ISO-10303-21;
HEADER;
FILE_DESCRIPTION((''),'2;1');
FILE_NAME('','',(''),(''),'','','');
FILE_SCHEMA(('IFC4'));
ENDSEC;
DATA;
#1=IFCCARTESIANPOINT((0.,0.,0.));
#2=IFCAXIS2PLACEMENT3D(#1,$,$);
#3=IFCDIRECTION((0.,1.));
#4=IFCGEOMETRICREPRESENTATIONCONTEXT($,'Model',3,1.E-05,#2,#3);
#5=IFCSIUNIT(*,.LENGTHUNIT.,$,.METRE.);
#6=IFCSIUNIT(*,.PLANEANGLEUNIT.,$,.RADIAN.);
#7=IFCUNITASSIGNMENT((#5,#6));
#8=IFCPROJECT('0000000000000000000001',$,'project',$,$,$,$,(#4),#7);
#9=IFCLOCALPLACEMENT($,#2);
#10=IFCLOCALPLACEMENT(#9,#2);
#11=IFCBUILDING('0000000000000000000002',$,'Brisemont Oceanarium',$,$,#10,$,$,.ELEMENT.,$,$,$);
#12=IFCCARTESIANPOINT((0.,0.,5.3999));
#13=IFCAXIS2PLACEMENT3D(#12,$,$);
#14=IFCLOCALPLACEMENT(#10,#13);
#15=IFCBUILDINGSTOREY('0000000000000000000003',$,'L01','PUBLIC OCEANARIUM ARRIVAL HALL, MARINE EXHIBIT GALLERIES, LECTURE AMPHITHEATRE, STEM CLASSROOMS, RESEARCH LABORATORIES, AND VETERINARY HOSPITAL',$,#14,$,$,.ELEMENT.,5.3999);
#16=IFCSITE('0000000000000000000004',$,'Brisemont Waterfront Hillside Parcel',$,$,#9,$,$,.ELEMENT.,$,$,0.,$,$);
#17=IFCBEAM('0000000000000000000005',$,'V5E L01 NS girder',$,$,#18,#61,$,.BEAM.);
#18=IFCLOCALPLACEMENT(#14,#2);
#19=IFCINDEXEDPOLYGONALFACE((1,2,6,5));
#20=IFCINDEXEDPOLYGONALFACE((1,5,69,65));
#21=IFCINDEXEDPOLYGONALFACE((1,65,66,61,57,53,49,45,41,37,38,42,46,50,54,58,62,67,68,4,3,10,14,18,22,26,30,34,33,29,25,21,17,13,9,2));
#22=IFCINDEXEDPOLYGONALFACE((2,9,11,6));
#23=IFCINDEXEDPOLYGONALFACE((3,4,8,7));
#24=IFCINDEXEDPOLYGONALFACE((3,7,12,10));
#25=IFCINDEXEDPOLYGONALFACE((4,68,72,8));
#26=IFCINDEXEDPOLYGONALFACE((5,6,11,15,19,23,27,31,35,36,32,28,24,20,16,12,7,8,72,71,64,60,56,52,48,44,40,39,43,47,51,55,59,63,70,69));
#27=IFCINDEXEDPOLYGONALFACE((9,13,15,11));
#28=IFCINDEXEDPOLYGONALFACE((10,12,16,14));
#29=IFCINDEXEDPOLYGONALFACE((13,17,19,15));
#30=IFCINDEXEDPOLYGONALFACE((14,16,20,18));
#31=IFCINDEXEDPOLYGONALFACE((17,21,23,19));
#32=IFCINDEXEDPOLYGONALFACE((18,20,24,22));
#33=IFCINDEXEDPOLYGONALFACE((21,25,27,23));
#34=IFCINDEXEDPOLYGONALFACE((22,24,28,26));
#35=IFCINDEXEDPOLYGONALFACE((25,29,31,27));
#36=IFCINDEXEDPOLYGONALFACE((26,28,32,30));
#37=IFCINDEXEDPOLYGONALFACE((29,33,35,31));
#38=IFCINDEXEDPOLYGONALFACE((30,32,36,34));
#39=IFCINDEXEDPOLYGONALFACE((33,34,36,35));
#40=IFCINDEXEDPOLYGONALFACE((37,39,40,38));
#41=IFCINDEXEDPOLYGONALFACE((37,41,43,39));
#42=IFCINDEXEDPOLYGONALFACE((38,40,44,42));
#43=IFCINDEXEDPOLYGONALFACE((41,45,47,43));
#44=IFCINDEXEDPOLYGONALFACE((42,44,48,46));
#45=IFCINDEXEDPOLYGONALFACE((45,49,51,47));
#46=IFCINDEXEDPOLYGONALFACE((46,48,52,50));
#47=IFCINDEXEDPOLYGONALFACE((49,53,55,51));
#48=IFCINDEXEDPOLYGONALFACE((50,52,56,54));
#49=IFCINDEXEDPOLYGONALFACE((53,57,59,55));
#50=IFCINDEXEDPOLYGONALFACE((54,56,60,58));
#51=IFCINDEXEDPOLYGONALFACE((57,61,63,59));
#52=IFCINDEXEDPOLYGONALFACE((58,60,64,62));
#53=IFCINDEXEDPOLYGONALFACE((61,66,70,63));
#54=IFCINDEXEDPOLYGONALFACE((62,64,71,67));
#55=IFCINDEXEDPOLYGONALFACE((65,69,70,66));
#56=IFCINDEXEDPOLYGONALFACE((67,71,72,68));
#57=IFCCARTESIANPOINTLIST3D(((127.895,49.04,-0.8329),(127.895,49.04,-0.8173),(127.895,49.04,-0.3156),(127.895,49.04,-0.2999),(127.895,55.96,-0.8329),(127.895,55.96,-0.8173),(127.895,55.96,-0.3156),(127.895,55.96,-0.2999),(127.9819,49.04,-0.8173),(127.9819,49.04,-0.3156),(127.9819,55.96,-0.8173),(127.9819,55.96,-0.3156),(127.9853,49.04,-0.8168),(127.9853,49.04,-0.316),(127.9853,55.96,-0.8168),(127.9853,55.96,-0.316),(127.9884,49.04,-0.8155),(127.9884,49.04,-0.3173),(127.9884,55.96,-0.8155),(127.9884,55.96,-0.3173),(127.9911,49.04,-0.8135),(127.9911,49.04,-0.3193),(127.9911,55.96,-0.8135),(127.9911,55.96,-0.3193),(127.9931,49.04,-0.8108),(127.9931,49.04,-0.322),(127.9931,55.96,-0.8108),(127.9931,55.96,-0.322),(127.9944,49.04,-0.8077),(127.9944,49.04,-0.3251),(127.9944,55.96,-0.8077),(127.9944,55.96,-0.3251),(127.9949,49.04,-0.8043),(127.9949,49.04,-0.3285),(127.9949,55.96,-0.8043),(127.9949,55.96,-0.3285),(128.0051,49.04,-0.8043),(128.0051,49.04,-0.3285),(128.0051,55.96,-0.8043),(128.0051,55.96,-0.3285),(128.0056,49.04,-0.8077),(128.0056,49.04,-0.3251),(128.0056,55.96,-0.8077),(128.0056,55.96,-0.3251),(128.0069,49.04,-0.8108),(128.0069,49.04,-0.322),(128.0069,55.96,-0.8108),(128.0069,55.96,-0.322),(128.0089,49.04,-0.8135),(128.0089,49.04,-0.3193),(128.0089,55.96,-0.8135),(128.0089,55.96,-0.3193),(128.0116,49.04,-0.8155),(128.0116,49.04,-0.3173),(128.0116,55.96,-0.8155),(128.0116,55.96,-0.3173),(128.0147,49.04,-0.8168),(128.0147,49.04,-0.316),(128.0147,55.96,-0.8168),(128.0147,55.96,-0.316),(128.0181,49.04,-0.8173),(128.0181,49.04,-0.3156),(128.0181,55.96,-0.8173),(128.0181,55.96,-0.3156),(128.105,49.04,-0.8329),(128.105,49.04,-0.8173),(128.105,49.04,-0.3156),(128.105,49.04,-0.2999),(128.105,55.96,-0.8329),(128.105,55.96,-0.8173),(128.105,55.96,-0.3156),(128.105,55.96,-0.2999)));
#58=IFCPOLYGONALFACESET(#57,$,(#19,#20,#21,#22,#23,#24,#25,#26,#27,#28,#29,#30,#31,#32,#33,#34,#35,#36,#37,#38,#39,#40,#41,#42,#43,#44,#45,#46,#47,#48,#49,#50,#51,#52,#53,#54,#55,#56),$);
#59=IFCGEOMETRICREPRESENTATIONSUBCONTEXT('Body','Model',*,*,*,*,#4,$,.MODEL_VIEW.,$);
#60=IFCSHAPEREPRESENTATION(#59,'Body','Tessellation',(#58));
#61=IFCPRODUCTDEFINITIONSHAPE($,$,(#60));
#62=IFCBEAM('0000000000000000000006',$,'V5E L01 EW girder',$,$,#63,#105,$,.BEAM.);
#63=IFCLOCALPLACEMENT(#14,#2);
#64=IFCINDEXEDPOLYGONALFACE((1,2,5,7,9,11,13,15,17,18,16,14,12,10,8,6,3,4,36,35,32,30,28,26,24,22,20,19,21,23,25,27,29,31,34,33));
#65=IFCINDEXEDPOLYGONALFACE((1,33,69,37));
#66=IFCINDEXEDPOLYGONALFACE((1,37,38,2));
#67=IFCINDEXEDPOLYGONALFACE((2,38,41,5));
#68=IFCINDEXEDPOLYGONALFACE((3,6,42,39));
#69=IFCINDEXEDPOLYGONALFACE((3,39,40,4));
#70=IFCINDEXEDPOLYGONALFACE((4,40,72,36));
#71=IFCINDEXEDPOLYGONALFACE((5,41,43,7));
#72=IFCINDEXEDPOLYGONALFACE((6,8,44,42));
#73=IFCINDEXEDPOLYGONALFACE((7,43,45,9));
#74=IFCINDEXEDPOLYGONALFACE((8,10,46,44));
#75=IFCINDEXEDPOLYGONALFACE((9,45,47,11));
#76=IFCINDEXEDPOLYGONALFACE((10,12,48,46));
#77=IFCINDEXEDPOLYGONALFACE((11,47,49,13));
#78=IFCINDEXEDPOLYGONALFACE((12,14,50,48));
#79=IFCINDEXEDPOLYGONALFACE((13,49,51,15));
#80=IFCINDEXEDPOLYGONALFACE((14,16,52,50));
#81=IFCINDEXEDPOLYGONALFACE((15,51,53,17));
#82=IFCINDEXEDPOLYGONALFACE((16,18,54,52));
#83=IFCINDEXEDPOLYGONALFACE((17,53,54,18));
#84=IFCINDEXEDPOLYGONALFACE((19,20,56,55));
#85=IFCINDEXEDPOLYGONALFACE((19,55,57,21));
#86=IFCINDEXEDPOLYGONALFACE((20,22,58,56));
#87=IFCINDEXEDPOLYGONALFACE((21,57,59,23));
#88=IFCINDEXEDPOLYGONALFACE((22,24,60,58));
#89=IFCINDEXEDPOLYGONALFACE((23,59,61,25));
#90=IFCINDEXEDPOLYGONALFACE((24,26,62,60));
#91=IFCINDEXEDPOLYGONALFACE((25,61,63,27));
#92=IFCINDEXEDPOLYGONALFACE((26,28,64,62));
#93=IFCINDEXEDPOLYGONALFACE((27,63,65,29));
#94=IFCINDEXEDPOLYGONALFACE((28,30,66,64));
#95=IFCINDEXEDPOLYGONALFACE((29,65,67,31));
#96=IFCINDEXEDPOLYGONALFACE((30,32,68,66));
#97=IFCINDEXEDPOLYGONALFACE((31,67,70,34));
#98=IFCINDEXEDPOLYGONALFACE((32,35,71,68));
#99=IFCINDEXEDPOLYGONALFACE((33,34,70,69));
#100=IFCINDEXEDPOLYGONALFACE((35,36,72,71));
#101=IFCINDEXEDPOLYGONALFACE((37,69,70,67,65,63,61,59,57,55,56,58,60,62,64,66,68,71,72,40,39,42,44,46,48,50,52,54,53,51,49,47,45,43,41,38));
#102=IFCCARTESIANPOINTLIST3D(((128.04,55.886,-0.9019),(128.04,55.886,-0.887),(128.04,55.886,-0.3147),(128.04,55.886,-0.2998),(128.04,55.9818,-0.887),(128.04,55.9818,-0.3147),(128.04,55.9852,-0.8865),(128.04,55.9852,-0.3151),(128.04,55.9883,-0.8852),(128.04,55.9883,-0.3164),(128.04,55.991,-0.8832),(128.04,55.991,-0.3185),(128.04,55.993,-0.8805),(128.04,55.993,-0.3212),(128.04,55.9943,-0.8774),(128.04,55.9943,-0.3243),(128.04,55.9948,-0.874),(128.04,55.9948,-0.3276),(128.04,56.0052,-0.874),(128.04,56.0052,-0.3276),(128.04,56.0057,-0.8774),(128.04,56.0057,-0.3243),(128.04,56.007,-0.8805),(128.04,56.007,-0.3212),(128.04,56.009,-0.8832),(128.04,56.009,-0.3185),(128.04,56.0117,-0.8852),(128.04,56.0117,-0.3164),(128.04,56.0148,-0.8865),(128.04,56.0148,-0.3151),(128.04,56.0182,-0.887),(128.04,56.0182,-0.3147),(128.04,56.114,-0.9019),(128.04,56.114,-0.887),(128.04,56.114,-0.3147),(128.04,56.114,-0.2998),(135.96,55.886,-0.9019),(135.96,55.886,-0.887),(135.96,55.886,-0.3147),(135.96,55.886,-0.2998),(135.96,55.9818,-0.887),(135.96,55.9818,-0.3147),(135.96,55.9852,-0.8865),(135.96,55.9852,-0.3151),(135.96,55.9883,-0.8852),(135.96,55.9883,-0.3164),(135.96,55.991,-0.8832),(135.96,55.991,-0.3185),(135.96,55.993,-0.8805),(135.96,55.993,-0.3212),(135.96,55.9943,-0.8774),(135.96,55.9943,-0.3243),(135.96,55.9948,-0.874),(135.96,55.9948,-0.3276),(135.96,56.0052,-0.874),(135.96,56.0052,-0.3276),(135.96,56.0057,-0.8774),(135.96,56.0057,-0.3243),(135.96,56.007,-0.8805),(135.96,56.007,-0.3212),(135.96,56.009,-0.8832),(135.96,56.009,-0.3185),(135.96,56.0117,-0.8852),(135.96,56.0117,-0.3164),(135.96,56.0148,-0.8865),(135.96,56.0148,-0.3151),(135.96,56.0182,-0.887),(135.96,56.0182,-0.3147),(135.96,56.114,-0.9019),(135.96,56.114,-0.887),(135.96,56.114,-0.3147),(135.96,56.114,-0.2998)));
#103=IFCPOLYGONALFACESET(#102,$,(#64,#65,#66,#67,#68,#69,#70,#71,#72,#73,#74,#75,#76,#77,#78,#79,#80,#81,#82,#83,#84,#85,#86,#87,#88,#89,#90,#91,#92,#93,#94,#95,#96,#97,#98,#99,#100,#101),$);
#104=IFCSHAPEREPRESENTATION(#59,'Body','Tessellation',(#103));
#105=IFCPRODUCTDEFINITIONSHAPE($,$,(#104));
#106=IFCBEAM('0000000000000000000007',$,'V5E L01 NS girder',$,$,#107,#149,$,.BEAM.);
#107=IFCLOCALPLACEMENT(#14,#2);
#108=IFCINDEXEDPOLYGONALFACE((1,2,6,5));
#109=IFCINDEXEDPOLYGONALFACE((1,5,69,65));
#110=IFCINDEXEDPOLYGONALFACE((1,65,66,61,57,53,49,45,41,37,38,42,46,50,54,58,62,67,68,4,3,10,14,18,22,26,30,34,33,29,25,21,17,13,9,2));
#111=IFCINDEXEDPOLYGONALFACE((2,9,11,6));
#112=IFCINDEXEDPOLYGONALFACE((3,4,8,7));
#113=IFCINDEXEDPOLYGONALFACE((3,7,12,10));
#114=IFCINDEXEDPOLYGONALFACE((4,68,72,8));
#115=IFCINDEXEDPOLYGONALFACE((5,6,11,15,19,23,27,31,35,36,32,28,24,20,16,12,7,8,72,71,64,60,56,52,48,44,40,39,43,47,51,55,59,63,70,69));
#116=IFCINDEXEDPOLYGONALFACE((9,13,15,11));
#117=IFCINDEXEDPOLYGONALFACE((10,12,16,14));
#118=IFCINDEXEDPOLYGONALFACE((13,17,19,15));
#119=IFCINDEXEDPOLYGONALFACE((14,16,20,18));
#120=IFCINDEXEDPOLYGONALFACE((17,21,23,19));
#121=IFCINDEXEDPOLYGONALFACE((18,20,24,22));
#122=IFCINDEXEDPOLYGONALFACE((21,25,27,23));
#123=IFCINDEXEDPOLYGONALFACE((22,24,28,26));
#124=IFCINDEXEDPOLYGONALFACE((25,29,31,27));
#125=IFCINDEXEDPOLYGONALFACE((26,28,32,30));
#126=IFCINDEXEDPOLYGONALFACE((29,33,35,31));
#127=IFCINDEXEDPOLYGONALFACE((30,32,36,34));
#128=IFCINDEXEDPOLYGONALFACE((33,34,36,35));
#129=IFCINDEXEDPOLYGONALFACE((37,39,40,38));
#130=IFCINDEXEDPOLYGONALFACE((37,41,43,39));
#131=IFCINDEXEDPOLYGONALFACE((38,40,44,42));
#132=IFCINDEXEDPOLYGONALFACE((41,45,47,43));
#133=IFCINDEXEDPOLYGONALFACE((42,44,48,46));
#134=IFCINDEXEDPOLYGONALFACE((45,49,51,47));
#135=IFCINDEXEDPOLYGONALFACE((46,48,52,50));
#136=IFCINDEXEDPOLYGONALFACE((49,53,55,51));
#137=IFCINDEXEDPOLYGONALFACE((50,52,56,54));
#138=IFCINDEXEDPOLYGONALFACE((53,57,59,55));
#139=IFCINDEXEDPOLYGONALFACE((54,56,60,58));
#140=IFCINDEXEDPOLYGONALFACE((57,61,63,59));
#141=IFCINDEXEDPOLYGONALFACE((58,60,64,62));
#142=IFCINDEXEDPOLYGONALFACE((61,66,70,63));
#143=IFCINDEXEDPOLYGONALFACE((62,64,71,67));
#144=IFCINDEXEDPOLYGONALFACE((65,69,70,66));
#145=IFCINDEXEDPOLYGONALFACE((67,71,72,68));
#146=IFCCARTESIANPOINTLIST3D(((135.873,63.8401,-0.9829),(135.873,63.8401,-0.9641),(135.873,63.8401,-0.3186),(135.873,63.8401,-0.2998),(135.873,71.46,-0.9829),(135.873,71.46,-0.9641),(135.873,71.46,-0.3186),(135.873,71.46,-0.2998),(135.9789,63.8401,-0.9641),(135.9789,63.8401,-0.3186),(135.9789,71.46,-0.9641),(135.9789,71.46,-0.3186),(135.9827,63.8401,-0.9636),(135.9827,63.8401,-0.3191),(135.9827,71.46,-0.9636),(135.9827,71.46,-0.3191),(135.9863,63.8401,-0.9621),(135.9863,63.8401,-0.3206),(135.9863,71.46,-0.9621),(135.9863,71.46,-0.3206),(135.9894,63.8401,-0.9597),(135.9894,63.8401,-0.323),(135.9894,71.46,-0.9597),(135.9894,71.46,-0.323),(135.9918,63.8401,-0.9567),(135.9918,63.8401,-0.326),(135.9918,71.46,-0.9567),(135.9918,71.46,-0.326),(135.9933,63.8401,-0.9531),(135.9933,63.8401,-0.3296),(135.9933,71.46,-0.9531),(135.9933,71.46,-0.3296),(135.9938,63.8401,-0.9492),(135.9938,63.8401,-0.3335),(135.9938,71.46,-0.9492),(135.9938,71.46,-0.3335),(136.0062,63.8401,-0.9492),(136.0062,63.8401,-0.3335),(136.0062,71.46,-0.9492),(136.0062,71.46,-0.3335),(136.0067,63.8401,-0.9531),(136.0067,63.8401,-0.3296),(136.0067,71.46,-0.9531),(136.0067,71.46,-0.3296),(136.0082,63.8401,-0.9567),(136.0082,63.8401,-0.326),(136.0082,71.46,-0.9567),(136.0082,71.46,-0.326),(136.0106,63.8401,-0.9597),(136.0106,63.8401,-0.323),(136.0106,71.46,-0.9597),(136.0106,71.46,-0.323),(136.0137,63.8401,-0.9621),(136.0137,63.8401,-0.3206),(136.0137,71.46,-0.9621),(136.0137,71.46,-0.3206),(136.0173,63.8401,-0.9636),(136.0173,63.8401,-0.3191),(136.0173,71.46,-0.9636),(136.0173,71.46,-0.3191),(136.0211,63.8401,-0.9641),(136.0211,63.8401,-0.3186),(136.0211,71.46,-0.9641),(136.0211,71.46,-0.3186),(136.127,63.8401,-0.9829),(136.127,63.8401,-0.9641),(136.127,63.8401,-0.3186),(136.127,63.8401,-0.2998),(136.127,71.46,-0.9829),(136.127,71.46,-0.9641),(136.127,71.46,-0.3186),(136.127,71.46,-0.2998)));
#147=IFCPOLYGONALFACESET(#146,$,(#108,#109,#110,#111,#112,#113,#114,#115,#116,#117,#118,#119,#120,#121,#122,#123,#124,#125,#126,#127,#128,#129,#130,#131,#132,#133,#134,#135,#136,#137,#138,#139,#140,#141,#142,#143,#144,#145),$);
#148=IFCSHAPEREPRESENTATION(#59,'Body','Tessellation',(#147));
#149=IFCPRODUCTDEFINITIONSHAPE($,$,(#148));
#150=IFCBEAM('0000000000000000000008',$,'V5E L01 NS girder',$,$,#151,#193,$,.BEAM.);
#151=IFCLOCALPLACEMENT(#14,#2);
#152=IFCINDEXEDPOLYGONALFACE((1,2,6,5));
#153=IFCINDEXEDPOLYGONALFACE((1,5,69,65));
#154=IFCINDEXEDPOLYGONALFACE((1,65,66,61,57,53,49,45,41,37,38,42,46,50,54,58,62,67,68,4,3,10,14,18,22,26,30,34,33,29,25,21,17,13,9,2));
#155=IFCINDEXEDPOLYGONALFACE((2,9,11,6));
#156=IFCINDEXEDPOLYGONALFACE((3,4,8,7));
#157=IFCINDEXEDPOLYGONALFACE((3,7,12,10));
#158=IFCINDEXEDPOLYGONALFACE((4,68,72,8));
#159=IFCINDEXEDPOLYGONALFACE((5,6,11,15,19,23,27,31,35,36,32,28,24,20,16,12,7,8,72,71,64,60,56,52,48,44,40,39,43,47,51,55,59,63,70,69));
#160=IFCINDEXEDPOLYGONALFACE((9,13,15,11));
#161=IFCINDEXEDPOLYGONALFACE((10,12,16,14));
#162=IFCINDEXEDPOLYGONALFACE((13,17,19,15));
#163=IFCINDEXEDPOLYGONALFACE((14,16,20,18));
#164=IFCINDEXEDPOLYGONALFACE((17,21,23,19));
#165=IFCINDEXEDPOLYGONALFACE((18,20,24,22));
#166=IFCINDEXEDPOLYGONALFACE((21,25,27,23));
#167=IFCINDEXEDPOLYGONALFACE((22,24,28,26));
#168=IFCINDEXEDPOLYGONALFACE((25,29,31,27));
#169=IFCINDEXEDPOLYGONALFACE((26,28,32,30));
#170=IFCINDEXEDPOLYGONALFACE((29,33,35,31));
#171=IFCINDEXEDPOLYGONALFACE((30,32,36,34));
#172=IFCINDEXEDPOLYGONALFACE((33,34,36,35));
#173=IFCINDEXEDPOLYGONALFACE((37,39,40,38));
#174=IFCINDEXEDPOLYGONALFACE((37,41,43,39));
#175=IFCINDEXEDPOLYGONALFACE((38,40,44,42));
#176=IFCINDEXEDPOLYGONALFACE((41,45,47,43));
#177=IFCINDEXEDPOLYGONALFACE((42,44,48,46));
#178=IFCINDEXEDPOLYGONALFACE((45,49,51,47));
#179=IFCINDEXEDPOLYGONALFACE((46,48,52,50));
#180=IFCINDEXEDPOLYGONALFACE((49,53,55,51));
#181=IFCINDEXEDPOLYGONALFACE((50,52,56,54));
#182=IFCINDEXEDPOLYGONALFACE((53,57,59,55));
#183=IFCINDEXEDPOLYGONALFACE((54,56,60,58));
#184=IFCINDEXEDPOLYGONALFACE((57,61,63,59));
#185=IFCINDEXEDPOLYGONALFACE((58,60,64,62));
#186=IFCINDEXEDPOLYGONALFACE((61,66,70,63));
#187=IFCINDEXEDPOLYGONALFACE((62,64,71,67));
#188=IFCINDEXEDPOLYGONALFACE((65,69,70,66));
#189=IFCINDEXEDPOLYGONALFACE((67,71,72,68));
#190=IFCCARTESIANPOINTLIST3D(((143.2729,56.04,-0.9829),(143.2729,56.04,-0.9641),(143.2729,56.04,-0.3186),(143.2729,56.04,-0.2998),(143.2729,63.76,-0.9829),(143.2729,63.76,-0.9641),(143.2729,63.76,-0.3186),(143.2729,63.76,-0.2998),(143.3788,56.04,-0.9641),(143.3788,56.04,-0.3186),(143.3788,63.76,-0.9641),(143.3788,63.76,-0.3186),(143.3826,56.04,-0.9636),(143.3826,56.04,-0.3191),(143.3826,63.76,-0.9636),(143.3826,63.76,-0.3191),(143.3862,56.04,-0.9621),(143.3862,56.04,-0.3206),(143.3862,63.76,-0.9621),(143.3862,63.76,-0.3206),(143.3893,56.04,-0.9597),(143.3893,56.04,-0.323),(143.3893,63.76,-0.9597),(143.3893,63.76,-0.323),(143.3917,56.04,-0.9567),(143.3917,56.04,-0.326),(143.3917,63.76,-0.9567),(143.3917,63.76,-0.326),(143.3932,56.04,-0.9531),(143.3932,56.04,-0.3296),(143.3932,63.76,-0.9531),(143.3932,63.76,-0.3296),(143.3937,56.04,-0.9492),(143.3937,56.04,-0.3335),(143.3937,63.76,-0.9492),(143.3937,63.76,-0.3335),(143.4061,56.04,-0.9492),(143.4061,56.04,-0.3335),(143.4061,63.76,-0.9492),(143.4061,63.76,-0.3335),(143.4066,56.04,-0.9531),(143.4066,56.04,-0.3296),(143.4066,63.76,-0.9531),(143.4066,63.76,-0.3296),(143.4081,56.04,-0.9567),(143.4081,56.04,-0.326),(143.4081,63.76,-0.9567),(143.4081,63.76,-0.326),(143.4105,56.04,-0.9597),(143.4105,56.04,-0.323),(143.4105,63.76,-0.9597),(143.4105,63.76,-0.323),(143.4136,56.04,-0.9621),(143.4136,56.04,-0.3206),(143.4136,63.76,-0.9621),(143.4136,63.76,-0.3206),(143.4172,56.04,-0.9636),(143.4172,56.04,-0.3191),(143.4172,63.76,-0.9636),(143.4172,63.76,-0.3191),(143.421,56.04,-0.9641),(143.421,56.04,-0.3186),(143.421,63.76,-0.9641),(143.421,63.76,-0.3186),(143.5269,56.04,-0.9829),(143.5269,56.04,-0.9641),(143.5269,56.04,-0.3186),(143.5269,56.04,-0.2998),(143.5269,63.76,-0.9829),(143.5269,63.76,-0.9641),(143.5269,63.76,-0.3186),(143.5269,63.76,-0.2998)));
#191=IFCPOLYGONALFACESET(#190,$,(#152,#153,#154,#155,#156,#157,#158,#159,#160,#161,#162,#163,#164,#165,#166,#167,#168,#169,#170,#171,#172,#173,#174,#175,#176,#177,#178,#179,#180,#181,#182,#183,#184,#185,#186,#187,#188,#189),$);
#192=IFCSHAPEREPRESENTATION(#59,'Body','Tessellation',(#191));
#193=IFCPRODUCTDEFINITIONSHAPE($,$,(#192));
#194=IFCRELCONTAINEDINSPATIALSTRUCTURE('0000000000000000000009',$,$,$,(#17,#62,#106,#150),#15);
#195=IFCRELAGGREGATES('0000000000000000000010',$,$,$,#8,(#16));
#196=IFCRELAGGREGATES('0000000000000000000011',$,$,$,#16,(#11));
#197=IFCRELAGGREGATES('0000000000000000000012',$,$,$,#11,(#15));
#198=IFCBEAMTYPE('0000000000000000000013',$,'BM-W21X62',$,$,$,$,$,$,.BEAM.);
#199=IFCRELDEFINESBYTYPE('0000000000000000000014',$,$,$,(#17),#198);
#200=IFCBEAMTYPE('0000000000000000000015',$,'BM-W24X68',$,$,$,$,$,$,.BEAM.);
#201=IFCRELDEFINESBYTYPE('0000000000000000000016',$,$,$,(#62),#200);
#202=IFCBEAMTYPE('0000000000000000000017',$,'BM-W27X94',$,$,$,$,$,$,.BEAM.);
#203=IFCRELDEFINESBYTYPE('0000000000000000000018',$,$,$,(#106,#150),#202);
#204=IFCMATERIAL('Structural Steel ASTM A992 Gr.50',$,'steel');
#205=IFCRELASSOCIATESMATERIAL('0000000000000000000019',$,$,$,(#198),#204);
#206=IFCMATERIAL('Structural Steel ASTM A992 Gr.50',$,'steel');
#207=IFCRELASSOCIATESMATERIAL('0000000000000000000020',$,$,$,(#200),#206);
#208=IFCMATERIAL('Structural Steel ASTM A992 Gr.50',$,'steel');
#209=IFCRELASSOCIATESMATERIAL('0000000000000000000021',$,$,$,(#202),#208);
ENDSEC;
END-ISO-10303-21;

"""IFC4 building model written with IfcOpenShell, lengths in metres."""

from ifc_helpers import new_model, si_unit, direction, frame, origin, origin_2d, place, context, subcontext, project, spatial, i_section, extrude, material, material_profile, profile_set, type_object, element, save


model = new_model("IFC4")

# Units and contexts
model_context = context("Model", 3, precision=1e-05, world=origin(), true_north=direction((0.0, 1.0)))
body_context = subcontext(model_context, "Body", "Model", "MODEL_VIEW")
ifc_project = project(units=[si_unit("LENGTHUNIT", "METRE"), si_unit("PLANEANGLEUNIT", "RADIAN")], contexts=[model_context])

# Site, building, storey
site_placement = place(None, origin())
site = spatial("IfcSite", under=ifc_project, at=site_placement, Name="Brisemont Waterfront Hillside Parcel", CompositionType="ELEMENT", RefElevation=0.0)
building_placement = place(site_placement, origin())
building = spatial("IfcBuilding", under=site, at=building_placement, Name="Brisemont Oceanarium", CompositionType="ELEMENT")
storey_placement = place(building_placement, frame((0.0, 0.0, 5.3999)))
storey = spatial("IfcBuildingStorey", under=building, at=storey_placement, Name="L01", Description="PUBLIC OCEANARIUM ARRIVAL HALL, MARINE EXHIBIT GALLERIES, LECTURE AMPHITHEATRE, STEM CLASSROOMS, RESEARCH LABORATORIES, AND VETERINARY HOSPITAL", CompositionType="ELEMENT", Elevation=5.3999)

# Beams
ifc_material_1 = material(Name="Structural Steel ASTM A992 Gr.50", Category="steel")
ifc_material_profile_1 = material_profile(ifc_material_1, i_section(OverallWidth=0.21, OverallDepth=0.533, WebThickness=0.0103, FlangeThickness=0.0156, FilletRadius=0.0129, at=origin_2d()), Name="W21X62")
ifc_profile_set_1 = profile_set([ifc_material_profile_1], Name="Structural Steel ASTM A992 Gr.50")
beam_type_1 = type_object("IfcBeamType", Name="BM-W21X62", PredefinedType="BEAM", material=ifc_profile_set_1)
beam_1_placement = place(storey_placement, frame((128.0, 49.04, -0.5664), z_axis=(0.0, 1.0, 0.0), x_axis=(-1.0, 0.0, 0.0)))
element("IfcBeam", 1, at=beam_1_placement, inside=storey, type_object=beam_type_1, Name="V5E L01 NS girder", PredefinedType="BEAM", context=body_context, shape_type="SweptSolid", body=[
    extrude(i_section(OverallWidth=0.21, OverallDepth=0.533, WebThickness=0.0103, FlangeThickness=0.0156, FilletRadius=0.0129, at=origin_2d()), origin(), (0.0, 0.0, 1.0), 6.9199),
])
ifc_material_2 = material(Name="Structural Steel ASTM A992 Gr.50", Category="steel")
ifc_material_profile_2 = material_profile(ifc_material_2, i_section(OverallWidth=0.228, OverallDepth=0.6021, WebThickness=0.0105, FlangeThickness=0.0149, FilletRadius=0.0129, at=origin_2d()), Name="W24X68")
ifc_profile_set_2 = profile_set([ifc_material_profile_2], Name="Structural Steel ASTM A992 Gr.50")
beam_type_2 = type_object("IfcBeamType", Name="BM-W24X68", PredefinedType="BEAM", material=ifc_profile_set_2)
beam_2_placement = place(storey_placement, frame((128.04, 56.0, -0.6008), z_axis=(1.0, 0.0, 0.0), x_axis=(0.0, 1.0, 0.0)))
element("IfcBeam", 2, at=beam_2_placement, inside=storey, type_object=beam_type_2, Name="V5E L01 EW girder", PredefinedType="BEAM", context=body_context, shape_type="SweptSolid", body=[
    extrude(i_section(OverallWidth=0.228, OverallDepth=0.6021, WebThickness=0.0105, FlangeThickness=0.0149, FilletRadius=0.0129, at=origin_2d()), origin(), (0.0, 0.0, 1.0), 7.9199),
])
ifc_material_3 = material(Name="Structural Steel ASTM A992 Gr.50", Category="steel")
ifc_material_profile_3 = material_profile(ifc_material_3, i_section(OverallWidth=0.2539, OverallDepth=0.6831, WebThickness=0.0125, FlangeThickness=0.0188, FilletRadius=0.0149, at=origin_2d()), Name="W27X94")
ifc_profile_set_3 = profile_set([ifc_material_profile_3], Name="Structural Steel ASTM A992 Gr.50")
beam_type_3 = type_object("IfcBeamType", Name="BM-W27X94", PredefinedType="BEAM", material=ifc_profile_set_3)
beam_3_placement = place(storey_placement, frame((136.0, 63.8401, -0.6414), z_axis=(0.0, 1.0, 0.0), x_axis=(-1.0, 0.0, 0.0)))
element("IfcBeam", 3, at=beam_3_placement, inside=storey, type_object=beam_type_3, Name="V5E L01 NS girder", PredefinedType="BEAM", context=body_context, shape_type="SweptSolid", body=[
    extrude(i_section(OverallWidth=0.2539, OverallDepth=0.6831, WebThickness=0.0125, FlangeThickness=0.0188, FilletRadius=0.0149, at=origin_2d()), origin(), (0.0, 0.0, 1.0), 7.6199),
])
beam_4_placement = place(storey_placement, frame((143.3999, 56.04, -0.6414), z_axis=(0.0, 1.0, 0.0), x_axis=(-1.0, 0.0, 0.0)))
element("IfcBeam", 4, at=beam_4_placement, inside=storey, type_object=beam_type_3, Name="V5E L01 NS girder", PredefinedType="BEAM", context=body_context, shape_type="SweptSolid", body=[
    extrude(i_section(OverallWidth=0.2539, OverallDepth=0.6831, WebThickness=0.0125, FlangeThickness=0.0188, FilletRadius=0.0149, at=origin_2d()), origin(), (0.0, 0.0, 1.0), 7.72),
])

save(model, "model.ifc")
